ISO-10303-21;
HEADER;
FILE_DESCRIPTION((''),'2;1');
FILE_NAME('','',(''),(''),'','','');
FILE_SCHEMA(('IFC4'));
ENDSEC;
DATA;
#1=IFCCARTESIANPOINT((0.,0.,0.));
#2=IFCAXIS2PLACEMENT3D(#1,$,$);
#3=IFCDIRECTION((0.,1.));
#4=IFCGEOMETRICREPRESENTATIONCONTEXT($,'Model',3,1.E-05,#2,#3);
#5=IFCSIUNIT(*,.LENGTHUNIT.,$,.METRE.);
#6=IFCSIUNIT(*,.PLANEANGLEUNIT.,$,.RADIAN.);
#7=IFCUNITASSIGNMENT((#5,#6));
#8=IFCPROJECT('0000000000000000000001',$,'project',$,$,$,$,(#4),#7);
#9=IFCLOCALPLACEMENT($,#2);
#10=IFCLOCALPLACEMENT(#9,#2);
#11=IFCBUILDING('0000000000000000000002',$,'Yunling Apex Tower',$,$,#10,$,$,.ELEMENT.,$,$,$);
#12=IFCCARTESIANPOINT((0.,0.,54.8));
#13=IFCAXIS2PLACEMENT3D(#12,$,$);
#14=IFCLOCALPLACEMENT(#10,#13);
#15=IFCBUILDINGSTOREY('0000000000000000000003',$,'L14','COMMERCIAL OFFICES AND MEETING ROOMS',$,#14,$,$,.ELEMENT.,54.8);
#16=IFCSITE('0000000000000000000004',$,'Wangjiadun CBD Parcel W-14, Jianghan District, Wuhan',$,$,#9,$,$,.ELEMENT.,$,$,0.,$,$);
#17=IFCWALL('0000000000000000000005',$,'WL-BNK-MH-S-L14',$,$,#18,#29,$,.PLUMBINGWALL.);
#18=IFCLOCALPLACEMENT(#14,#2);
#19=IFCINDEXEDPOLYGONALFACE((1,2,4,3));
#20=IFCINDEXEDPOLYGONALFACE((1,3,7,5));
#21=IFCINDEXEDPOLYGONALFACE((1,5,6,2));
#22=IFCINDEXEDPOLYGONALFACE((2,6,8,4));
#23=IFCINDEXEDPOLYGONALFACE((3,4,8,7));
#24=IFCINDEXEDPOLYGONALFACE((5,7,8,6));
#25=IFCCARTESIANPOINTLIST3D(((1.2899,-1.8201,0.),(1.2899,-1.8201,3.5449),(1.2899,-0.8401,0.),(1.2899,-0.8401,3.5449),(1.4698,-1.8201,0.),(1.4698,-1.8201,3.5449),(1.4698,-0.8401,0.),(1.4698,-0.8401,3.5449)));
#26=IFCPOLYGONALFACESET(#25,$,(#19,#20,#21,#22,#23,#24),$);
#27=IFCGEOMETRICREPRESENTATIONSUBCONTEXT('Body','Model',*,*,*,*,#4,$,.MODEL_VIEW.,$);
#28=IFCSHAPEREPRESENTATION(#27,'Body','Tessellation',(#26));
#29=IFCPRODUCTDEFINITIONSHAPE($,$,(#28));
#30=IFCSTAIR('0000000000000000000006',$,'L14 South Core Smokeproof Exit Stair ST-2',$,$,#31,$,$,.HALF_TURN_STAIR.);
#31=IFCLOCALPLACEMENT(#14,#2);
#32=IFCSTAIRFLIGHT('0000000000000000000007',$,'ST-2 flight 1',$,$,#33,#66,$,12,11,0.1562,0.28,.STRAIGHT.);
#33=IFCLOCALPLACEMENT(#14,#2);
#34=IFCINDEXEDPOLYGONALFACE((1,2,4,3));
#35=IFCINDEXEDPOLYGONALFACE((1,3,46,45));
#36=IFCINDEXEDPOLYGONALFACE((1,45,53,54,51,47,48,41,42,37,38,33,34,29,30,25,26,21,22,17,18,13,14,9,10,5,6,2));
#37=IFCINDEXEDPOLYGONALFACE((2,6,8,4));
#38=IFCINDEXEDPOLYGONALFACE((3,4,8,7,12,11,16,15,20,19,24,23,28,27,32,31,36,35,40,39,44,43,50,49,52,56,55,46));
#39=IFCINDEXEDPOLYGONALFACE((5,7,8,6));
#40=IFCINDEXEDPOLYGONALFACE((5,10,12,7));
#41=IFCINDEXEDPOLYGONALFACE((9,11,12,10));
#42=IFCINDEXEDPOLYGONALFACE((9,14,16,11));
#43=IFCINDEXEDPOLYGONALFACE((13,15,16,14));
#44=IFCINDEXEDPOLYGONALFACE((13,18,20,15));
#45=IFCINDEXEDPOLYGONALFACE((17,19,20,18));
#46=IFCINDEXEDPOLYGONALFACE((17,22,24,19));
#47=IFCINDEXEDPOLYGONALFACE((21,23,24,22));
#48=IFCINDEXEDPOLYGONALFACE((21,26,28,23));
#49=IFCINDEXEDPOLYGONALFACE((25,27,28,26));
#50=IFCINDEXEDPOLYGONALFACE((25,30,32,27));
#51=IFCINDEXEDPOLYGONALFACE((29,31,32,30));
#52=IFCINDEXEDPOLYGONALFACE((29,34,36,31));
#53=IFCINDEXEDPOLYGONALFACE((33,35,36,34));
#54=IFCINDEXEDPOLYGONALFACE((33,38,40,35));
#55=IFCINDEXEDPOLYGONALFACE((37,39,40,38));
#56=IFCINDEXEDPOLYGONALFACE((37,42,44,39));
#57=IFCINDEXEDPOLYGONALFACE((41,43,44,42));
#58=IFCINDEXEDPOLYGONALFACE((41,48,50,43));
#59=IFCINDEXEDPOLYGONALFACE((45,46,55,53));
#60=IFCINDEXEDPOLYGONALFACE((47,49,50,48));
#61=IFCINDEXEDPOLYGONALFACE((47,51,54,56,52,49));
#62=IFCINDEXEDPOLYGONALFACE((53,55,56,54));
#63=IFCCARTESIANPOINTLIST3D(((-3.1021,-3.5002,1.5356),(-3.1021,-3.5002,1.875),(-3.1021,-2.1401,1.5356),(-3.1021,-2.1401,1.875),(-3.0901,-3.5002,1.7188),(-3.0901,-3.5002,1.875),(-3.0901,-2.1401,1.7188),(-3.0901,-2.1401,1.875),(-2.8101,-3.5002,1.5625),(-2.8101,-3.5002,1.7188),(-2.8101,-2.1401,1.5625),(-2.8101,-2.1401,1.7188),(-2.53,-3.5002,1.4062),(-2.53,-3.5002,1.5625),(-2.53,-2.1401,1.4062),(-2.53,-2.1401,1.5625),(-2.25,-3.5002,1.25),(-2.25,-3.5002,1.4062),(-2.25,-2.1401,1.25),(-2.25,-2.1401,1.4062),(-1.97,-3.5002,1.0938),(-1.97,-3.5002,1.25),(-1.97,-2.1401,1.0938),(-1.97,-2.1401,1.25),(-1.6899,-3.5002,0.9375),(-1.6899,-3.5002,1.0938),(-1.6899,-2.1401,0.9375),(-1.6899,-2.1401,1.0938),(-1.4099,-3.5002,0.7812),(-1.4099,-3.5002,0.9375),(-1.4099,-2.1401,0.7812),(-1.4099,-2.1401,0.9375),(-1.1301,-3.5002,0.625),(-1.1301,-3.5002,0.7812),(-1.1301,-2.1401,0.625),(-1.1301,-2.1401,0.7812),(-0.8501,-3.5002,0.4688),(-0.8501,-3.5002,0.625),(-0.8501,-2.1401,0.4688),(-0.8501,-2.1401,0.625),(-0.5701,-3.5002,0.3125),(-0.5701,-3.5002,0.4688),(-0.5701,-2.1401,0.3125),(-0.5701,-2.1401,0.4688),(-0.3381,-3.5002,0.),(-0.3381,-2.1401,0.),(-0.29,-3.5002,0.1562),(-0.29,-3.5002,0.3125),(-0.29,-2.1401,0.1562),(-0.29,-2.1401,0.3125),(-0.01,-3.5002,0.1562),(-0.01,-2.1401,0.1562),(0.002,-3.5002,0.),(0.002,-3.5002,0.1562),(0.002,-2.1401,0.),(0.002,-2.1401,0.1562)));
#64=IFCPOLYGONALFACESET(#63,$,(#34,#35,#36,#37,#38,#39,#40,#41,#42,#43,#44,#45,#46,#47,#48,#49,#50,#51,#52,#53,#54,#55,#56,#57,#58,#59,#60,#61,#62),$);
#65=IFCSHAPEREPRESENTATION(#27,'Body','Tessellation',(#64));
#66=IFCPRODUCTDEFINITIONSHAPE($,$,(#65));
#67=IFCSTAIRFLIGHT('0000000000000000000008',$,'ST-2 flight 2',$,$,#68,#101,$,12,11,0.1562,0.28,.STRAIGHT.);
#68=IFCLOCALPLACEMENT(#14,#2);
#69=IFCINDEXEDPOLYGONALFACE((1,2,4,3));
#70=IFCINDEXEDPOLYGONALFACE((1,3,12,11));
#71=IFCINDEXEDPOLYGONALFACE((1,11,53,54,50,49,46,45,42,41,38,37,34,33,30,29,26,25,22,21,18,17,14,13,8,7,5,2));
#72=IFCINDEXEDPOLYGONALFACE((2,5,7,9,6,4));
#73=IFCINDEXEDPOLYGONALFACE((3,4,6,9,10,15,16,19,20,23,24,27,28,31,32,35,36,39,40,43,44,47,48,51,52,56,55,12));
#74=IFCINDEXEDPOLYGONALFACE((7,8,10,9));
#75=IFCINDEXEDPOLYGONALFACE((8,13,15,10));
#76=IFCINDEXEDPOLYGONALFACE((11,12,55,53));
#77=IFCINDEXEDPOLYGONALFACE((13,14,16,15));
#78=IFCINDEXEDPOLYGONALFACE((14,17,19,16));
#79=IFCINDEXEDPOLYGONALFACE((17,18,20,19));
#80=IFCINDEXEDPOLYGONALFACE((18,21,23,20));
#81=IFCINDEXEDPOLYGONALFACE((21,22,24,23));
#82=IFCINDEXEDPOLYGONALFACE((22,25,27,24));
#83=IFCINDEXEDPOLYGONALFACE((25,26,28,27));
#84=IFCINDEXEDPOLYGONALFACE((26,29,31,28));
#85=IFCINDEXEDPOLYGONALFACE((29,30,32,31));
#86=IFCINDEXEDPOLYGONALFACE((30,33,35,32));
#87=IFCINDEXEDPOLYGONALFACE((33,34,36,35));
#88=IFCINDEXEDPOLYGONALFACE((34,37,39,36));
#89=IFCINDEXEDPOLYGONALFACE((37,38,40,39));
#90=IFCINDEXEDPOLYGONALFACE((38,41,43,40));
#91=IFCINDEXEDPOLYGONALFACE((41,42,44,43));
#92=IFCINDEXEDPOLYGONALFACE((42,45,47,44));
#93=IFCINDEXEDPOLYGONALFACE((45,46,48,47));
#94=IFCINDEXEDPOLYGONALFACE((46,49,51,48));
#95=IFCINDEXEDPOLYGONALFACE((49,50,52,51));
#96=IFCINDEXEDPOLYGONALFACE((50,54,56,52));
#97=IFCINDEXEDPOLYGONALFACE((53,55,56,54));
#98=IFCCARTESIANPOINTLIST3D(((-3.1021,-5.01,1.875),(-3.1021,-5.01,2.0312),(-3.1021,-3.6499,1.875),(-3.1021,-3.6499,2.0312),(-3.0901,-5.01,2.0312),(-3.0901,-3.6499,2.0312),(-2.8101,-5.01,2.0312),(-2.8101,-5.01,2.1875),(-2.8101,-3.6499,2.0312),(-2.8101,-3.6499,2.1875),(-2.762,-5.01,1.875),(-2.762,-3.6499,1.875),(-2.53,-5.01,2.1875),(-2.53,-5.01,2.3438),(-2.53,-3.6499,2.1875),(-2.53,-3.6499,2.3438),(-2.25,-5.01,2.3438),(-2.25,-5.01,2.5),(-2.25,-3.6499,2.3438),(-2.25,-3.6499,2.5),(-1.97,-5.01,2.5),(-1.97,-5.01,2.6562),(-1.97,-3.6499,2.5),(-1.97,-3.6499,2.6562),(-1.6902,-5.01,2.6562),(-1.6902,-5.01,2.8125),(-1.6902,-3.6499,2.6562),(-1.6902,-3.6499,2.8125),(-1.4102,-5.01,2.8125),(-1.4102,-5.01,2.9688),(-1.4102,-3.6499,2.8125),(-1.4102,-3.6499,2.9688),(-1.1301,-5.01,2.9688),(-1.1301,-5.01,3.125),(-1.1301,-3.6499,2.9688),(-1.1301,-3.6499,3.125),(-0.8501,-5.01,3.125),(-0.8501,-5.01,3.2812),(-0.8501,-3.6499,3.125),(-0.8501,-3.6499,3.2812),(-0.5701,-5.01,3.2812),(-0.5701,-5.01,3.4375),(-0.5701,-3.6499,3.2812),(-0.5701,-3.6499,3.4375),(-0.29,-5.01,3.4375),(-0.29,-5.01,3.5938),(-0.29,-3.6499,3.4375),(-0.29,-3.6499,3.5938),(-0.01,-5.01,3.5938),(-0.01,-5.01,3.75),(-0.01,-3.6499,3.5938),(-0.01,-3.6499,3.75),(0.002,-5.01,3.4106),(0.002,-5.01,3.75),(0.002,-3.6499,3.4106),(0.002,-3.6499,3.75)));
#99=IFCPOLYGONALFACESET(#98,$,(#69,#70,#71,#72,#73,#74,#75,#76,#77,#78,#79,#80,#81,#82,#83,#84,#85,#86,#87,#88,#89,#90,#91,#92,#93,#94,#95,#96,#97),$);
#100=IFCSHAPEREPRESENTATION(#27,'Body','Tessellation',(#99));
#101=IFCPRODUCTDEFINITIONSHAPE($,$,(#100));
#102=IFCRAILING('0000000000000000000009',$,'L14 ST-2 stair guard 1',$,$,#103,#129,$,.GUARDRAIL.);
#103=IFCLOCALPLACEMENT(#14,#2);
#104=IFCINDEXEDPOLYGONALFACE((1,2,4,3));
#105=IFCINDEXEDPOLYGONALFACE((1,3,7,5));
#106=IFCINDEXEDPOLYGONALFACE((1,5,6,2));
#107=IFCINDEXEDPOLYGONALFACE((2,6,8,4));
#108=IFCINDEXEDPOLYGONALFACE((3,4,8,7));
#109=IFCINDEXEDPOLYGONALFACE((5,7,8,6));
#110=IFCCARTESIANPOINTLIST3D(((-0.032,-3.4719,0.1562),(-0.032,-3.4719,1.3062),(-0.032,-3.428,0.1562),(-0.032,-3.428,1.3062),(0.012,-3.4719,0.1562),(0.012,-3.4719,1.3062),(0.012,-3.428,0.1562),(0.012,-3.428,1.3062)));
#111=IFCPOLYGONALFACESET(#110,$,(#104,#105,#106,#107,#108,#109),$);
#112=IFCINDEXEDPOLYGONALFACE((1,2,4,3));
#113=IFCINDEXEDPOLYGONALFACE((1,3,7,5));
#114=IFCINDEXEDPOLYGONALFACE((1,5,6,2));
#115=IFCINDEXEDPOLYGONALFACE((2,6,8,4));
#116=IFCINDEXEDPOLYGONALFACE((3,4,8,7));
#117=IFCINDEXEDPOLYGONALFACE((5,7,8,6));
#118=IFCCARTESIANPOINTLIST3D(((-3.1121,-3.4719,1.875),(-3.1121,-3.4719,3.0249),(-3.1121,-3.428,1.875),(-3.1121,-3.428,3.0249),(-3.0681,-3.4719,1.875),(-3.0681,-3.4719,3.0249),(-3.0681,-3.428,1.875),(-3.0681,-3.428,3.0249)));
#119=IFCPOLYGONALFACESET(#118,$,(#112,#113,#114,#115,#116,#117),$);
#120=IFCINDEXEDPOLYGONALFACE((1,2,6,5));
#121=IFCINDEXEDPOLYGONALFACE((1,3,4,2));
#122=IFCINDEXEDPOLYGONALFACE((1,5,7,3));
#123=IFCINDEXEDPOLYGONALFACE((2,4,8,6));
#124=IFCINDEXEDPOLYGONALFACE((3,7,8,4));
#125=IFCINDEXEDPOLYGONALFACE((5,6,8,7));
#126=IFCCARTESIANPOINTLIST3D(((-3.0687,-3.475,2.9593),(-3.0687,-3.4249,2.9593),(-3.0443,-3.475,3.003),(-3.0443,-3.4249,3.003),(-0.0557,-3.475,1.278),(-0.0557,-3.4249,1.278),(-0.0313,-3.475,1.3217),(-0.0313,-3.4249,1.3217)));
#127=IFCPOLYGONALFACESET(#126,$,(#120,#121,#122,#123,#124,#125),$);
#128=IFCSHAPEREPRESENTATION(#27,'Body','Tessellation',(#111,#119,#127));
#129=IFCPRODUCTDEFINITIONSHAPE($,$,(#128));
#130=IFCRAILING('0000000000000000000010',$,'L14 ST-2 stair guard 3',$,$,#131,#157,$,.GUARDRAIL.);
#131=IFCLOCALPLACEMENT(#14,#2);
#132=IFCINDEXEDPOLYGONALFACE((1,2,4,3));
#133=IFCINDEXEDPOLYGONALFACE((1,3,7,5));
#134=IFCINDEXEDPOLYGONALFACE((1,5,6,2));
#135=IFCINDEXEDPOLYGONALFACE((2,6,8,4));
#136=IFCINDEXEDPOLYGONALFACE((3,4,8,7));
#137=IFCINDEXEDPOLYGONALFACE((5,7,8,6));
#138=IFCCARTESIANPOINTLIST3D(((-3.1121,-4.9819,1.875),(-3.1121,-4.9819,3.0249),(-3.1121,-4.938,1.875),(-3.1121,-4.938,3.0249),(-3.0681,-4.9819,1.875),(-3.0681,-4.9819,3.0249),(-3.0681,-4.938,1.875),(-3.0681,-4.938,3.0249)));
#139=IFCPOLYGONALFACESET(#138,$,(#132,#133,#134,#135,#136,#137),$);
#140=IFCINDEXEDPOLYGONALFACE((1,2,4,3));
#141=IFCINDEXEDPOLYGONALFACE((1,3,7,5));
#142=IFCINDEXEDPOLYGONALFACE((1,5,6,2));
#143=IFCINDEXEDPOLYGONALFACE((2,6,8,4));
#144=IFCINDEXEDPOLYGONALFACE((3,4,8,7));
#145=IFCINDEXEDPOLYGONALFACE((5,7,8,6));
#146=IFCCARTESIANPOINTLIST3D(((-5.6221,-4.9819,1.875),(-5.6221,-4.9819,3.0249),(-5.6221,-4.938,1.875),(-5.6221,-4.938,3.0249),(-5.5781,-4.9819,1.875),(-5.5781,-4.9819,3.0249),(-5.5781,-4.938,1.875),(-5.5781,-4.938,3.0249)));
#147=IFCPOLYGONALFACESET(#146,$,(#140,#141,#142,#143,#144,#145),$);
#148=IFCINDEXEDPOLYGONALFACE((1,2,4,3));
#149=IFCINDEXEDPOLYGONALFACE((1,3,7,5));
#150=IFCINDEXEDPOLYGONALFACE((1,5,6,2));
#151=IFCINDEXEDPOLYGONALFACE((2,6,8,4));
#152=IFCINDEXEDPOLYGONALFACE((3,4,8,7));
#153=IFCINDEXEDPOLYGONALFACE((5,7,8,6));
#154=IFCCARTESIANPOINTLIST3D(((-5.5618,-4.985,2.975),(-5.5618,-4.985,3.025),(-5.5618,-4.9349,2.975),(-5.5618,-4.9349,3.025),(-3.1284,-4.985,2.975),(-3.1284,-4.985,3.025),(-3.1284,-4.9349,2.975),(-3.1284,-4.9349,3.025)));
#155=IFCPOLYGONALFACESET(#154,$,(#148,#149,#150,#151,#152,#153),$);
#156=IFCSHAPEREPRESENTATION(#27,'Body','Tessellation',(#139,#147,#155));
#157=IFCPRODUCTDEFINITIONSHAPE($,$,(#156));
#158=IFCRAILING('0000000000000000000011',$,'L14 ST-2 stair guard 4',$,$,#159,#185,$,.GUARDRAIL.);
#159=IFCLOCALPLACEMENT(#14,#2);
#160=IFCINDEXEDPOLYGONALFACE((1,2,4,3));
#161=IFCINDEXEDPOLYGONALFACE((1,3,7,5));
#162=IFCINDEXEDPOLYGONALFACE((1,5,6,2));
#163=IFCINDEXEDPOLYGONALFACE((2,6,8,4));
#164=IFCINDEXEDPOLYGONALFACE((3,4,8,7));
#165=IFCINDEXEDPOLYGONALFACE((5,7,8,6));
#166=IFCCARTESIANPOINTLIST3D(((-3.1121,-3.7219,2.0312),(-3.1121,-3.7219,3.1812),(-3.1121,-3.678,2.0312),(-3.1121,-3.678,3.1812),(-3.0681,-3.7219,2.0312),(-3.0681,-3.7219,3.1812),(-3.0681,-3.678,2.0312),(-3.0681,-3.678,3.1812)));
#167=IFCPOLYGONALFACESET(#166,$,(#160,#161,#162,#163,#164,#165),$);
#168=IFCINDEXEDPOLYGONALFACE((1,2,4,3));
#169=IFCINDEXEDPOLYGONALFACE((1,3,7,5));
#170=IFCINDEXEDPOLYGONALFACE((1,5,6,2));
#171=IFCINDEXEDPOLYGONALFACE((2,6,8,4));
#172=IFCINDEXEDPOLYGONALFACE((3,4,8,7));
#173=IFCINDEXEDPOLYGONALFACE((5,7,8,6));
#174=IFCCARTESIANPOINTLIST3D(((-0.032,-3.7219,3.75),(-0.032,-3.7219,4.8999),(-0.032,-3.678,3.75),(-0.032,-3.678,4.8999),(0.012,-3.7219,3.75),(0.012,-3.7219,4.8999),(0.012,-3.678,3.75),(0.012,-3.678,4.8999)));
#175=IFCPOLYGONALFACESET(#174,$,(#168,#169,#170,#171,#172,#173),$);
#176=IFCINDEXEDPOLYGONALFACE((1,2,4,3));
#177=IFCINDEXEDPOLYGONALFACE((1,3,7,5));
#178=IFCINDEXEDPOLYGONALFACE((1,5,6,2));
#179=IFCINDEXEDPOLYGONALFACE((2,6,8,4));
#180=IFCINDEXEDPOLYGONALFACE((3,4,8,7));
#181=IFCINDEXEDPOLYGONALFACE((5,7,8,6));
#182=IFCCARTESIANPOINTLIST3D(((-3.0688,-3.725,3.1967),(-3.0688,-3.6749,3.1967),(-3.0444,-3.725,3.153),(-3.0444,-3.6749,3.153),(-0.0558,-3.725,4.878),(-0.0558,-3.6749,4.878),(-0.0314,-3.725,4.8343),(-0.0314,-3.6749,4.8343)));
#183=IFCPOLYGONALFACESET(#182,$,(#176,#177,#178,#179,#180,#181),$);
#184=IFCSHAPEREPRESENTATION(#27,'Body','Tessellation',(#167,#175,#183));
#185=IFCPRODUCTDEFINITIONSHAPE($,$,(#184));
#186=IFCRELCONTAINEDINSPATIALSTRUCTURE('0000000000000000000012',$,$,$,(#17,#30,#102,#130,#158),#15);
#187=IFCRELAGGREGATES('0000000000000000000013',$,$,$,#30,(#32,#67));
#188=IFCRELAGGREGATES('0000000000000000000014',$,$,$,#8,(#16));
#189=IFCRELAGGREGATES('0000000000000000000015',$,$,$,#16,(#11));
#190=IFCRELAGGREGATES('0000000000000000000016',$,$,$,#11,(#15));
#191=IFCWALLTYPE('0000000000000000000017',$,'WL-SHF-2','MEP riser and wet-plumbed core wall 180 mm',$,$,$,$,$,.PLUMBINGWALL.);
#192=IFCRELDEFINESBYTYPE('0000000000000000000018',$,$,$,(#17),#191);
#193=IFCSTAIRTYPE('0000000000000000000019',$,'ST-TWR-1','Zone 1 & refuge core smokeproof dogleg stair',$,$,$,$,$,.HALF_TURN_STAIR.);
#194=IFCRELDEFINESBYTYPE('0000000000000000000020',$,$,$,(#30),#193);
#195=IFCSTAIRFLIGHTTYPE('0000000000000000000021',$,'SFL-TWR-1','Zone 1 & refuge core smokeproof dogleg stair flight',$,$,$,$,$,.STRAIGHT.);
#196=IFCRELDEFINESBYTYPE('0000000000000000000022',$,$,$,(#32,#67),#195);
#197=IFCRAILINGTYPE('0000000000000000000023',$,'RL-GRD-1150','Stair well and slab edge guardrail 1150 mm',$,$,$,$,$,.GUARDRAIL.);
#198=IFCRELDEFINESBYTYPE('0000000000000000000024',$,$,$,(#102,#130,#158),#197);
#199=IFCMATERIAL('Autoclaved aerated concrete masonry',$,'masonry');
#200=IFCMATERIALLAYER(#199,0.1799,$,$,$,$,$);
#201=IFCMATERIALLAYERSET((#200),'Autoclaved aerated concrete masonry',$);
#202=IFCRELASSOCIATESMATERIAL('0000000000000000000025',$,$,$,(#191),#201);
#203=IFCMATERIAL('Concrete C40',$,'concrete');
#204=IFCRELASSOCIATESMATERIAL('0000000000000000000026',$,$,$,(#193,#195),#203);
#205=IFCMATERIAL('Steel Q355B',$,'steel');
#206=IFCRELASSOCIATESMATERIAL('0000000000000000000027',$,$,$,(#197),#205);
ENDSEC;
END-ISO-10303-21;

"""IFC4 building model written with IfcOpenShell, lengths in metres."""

from ifc_helpers import new_model, si_unit, direction, frame, frame_2d, origin, origin_2d, place, context, subcontext, project, spatial, polyline, rectangle, outline, extrude, material, layer, layer_set, type_object, element, aggregate, save


model = new_model("IFC4")

# Units and contexts
model_context = context("Model", 3, precision=1e-05, world=origin(), true_north=direction((0.0, 1.0)))
body_context = subcontext(model_context, "Body", "Model", "MODEL_VIEW")
ifc_project = project(units=[si_unit("LENGTHUNIT", "METRE"), si_unit("PLANEANGLEUNIT", "RADIAN")], contexts=[model_context])

# Site, building, storey
site_placement = place(None, origin())
site = spatial("IfcSite", under=ifc_project, at=site_placement, Name="Wangjiadun CBD Parcel W-14, Jianghan District, Wuhan", CompositionType="ELEMENT", RefElevation=0.0)
building_placement = place(site_placement, origin())
building = spatial("IfcBuilding", under=site, at=building_placement, Name="Yunling Apex Tower", CompositionType="ELEMENT")
storey_placement = place(building_placement, frame((0.0, 0.0, 54.8)))
storey = spatial("IfcBuildingStorey", under=building, at=storey_placement, Name="L14", Description="COMMERCIAL OFFICES AND MEETING ROOMS", CompositionType="ELEMENT", Elevation=54.8)

# Shared definitions
ifc_material_1 = material(Name="Steel Q355B", Category="steel")

# Shared definitions
ifc_material_2 = material(Name="Concrete C40", Category="concrete")

# Shared definitions
ifc_material_3 = material(Name="Autoclaved aerated concrete masonry", Category="masonry")

# Wall
ifc_layer_1 = layer(ifc_material_3, 0.1799)
ifc_layer_set_1 = layer_set([ifc_layer_1], Name="Autoclaved aerated concrete masonry")
wall_type_1 = type_object("IfcWallType", Name="WL-SHF-2", Description="MEP riser and wet-plumbed core wall 180 mm", PredefinedType="PLUMBINGWALL", material=ifc_layer_set_1)
for number, where, z_axis, x_axis, name in (
    (1, (1.3799, -1.8201, 0.0), (0.0, 0.0, 1.0), (0.0, 1.0, 0.0), "WL-BNK-MH-S-L14"),
):
    element("IfcWall", number, at=place(storey_placement, frame(where, z_axis=z_axis, x_axis=x_axis)), inside=storey, type_object=wall_type_1, Name=name, PredefinedType="PLUMBINGWALL", context=body_context, shape_type="SweptSolid", body=[
        extrude(rectangle(XDim=0.98, YDim=0.1799, at=frame_2d((0.49, 0.0))), origin(), (0.0, 0.0, 1.0), 3.5449),
    ])

# Stair, stair flights
stair_type = type_object("IfcStairType", Name="ST-TWR-1", Description="Zone 1 & refuge core smokeproof dogleg stair", PredefinedType="HALF_TURN_STAIR", material=ifc_material_2)
stair_placement = place(storey_placement, origin())
stair = element("IfcStair", 2, at=stair_placement, inside=storey, type_object=stair_type, Name="L14 South Core Smokeproof Exit Stair ST-2", PredefinedType="HALF_TURN_STAIR")
stair_flight_type = type_object("IfcStairFlightType", Name="SFL-TWR-1", Description="Zone 1 & refuge core smokeproof dogleg stair flight", PredefinedType="STRAIGHT", material=ifc_material_2)
stair_flight_1_placement = place(storey_placement, frame((-0.01, -2.8201, 0.0), z_axis=(0.0, 0.0, 1.0), x_axis=(-1.0, 0.0, 0.0)))
stair_flight_1 = element("IfcStairFlight", 3, at=stair_flight_1_placement, type_object=stair_flight_type, Name="ST-2 flight 1", NumberOfRisers=12, NumberOfTreads=11, PredefinedType="STRAIGHT", RiserHeight=0.1562, TreadLength=0.28, context=body_context, shape_type="SweptSolid", body=[
    extrude(outline(polyline([(-0.012, 0.0), (-0.012, 0.1562), (0.0, 0.1562), (0.28, 0.1562), (0.28, 0.3125), (0.5601, 0.3125), (0.5601, 0.4688), (0.8401, 0.4688), (0.8401, 0.625), (1.1201, 0.625), (1.1201, 0.7812), (1.3999, 0.7812), (1.3999, 0.9375), (1.6799, 0.9375), (1.6799, 1.0938), (1.96, 1.0938), (1.96, 1.25), (2.24, 1.25), (2.24, 1.4062), (2.52, 1.4062), (2.52, 1.5625), (2.8, 1.5625), (2.8, 1.7188), (3.0801, 1.7188), (3.0801, 1.875), (3.092, 1.875), (3.092, 1.5356), (0.3281, 0.0), (-0.012, 0.0)])), frame((0.0, 0.6802, 0.0), z_axis=(0.0, -1.0, 0.0), x_axis=(1.0, 0.0, 0.0)), (0.0, 0.0, 1.0), 1.3601),
])
stair_flight_2_placement = place(storey_placement, frame((-3.0901, -4.3301, 1.875), z_axis=(0.0, 0.0, 1.0), x_axis=(1.0, 0.0, 0.0)))
stair_flight_2 = element("IfcStairFlight", 4, at=stair_flight_2_placement, type_object=stair_flight_type, Name="ST-2 flight 2", NumberOfRisers=12, NumberOfTreads=11, PredefinedType="STRAIGHT", RiserHeight=0.1562, TreadLength=0.28, context=body_context, shape_type="SweptSolid", body=[
    extrude(outline(polyline([(-0.012, 0.0), (-0.012, 0.1562), (0.0, 0.1562), (0.28, 0.1562), (0.28, 0.3125), (0.5601, 0.3125), (0.5601, 0.4688), (0.8401, 0.4688), (0.8401, 0.625), (1.1201, 0.625), (1.1201, 0.7812), (1.3999, 0.7812), (1.3999, 0.9375), (1.6799, 0.9375), (1.6799, 1.0938), (1.96, 1.0938), (1.96, 1.25), (2.24, 1.25), (2.24, 1.4062), (2.52, 1.4062), (2.52, 1.5625), (2.8, 1.5625), (2.8, 1.7188), (3.0801, 1.7188), (3.0801, 1.875), (3.092, 1.875), (3.092, 1.5356), (0.3281, 0.0), (-0.012, 0.0)])), frame((0.0, 0.6802, 0.0), z_axis=(0.0, -1.0, 0.0), x_axis=(1.0, 0.0, 0.0)), (0.0, 0.0, 1.0), 1.3601),
])
aggregate(stair, [stair_flight_1, stair_flight_2])

# Railings
railing_type_1 = type_object("IfcRailingType", Name="RL-GRD-1150", Description="Stair well and slab edge guardrail 1150 mm", PredefinedType="GUARDRAIL", material=ifc_material_1)
railing_1_placement = place(storey_placement, frame((-0.01, -3.45, 0.1562)))
element("IfcRailing", 5, at=railing_1_placement, inside=storey, type_object=railing_type_1, Name="L14 ST-2 stair guard 1", PredefinedType="GUARDRAIL", context=body_context, shape_type="SweptSolid", body=[
    extrude(rectangle(XDim=0.0439, YDim=0.0439, at=origin_2d()), origin(), (0.0, 0.0, 1.0), 1.1499),
    extrude(rectangle(XDim=0.0439, YDim=0.0439, at=origin_2d()), frame((-3.0801, 0.0, 1.7188)), (0.0, 0.0, 1.0), 1.1499),
    extrude(rectangle(XDim=0.05, YDim=0.05, at=origin_2d()), frame((-0.0334, 0.0, 1.1436), z_axis=(-0.873242, 0.0, 0.487288), x_axis=(0.0, -1.0, 0.0)), (0.0, 0.0, 1.0), 3.4504),
])
railing_2_placement = place(storey_placement, frame((-3.0901, -4.96, 1.875)))
element("IfcRailing", 6, at=railing_2_placement, inside=storey, type_object=railing_type_1, Name="L14 ST-2 stair guard 3", PredefinedType="GUARDRAIL", context=body_context, shape_type="SweptSolid", body=[
    extrude(rectangle(XDim=0.0439, YDim=0.0439, at=origin_2d()), origin(), (0.0, 0.0, 1.0), 1.1499),
    extrude(rectangle(XDim=0.0439, YDim=0.0439, at=origin_2d()), frame((-2.51, 0.0, 0.0)), (0.0, 0.0, 1.0), 1.1499),
    extrude(rectangle(XDim=0.05, YDim=0.05, at=origin_2d()), frame((-0.0383, 0.0, 1.125), z_axis=(-1.0, 0.0, 0.0), x_axis=(0.0, -1.0, 0.0)), (0.0, 0.0, 1.0), 2.4333),
])
railing_3_placement = place(storey_placement, frame((-3.0901, -3.7, 2.0312)))
element("IfcRailing", 7, at=railing_3_placement, inside=storey, type_object=railing_type_1, Name="L14 ST-2 stair guard 4", PredefinedType="GUARDRAIL", context=body_context, shape_type="SweptSolid", body=[
    extrude(rectangle(XDim=0.0439, YDim=0.0439, at=origin_2d()), origin(), (0.0, 0.0, 1.0), 1.1499),
    extrude(rectangle(XDim=0.0439, YDim=0.0439, at=origin_2d()), frame((3.0801, 0.0, 1.7188)), (0.0, 0.0, 1.0), 1.1499),
    extrude(rectangle(XDim=0.05, YDim=0.05, at=origin_2d()), frame((0.0334, 0.0, 1.1436), z_axis=(0.873242, 0.0, 0.487288), x_axis=(0.0, 1.0, 0.0)), (0.0, 0.0, 1.0), 3.4504),
])

save(model, "model.ifc")
